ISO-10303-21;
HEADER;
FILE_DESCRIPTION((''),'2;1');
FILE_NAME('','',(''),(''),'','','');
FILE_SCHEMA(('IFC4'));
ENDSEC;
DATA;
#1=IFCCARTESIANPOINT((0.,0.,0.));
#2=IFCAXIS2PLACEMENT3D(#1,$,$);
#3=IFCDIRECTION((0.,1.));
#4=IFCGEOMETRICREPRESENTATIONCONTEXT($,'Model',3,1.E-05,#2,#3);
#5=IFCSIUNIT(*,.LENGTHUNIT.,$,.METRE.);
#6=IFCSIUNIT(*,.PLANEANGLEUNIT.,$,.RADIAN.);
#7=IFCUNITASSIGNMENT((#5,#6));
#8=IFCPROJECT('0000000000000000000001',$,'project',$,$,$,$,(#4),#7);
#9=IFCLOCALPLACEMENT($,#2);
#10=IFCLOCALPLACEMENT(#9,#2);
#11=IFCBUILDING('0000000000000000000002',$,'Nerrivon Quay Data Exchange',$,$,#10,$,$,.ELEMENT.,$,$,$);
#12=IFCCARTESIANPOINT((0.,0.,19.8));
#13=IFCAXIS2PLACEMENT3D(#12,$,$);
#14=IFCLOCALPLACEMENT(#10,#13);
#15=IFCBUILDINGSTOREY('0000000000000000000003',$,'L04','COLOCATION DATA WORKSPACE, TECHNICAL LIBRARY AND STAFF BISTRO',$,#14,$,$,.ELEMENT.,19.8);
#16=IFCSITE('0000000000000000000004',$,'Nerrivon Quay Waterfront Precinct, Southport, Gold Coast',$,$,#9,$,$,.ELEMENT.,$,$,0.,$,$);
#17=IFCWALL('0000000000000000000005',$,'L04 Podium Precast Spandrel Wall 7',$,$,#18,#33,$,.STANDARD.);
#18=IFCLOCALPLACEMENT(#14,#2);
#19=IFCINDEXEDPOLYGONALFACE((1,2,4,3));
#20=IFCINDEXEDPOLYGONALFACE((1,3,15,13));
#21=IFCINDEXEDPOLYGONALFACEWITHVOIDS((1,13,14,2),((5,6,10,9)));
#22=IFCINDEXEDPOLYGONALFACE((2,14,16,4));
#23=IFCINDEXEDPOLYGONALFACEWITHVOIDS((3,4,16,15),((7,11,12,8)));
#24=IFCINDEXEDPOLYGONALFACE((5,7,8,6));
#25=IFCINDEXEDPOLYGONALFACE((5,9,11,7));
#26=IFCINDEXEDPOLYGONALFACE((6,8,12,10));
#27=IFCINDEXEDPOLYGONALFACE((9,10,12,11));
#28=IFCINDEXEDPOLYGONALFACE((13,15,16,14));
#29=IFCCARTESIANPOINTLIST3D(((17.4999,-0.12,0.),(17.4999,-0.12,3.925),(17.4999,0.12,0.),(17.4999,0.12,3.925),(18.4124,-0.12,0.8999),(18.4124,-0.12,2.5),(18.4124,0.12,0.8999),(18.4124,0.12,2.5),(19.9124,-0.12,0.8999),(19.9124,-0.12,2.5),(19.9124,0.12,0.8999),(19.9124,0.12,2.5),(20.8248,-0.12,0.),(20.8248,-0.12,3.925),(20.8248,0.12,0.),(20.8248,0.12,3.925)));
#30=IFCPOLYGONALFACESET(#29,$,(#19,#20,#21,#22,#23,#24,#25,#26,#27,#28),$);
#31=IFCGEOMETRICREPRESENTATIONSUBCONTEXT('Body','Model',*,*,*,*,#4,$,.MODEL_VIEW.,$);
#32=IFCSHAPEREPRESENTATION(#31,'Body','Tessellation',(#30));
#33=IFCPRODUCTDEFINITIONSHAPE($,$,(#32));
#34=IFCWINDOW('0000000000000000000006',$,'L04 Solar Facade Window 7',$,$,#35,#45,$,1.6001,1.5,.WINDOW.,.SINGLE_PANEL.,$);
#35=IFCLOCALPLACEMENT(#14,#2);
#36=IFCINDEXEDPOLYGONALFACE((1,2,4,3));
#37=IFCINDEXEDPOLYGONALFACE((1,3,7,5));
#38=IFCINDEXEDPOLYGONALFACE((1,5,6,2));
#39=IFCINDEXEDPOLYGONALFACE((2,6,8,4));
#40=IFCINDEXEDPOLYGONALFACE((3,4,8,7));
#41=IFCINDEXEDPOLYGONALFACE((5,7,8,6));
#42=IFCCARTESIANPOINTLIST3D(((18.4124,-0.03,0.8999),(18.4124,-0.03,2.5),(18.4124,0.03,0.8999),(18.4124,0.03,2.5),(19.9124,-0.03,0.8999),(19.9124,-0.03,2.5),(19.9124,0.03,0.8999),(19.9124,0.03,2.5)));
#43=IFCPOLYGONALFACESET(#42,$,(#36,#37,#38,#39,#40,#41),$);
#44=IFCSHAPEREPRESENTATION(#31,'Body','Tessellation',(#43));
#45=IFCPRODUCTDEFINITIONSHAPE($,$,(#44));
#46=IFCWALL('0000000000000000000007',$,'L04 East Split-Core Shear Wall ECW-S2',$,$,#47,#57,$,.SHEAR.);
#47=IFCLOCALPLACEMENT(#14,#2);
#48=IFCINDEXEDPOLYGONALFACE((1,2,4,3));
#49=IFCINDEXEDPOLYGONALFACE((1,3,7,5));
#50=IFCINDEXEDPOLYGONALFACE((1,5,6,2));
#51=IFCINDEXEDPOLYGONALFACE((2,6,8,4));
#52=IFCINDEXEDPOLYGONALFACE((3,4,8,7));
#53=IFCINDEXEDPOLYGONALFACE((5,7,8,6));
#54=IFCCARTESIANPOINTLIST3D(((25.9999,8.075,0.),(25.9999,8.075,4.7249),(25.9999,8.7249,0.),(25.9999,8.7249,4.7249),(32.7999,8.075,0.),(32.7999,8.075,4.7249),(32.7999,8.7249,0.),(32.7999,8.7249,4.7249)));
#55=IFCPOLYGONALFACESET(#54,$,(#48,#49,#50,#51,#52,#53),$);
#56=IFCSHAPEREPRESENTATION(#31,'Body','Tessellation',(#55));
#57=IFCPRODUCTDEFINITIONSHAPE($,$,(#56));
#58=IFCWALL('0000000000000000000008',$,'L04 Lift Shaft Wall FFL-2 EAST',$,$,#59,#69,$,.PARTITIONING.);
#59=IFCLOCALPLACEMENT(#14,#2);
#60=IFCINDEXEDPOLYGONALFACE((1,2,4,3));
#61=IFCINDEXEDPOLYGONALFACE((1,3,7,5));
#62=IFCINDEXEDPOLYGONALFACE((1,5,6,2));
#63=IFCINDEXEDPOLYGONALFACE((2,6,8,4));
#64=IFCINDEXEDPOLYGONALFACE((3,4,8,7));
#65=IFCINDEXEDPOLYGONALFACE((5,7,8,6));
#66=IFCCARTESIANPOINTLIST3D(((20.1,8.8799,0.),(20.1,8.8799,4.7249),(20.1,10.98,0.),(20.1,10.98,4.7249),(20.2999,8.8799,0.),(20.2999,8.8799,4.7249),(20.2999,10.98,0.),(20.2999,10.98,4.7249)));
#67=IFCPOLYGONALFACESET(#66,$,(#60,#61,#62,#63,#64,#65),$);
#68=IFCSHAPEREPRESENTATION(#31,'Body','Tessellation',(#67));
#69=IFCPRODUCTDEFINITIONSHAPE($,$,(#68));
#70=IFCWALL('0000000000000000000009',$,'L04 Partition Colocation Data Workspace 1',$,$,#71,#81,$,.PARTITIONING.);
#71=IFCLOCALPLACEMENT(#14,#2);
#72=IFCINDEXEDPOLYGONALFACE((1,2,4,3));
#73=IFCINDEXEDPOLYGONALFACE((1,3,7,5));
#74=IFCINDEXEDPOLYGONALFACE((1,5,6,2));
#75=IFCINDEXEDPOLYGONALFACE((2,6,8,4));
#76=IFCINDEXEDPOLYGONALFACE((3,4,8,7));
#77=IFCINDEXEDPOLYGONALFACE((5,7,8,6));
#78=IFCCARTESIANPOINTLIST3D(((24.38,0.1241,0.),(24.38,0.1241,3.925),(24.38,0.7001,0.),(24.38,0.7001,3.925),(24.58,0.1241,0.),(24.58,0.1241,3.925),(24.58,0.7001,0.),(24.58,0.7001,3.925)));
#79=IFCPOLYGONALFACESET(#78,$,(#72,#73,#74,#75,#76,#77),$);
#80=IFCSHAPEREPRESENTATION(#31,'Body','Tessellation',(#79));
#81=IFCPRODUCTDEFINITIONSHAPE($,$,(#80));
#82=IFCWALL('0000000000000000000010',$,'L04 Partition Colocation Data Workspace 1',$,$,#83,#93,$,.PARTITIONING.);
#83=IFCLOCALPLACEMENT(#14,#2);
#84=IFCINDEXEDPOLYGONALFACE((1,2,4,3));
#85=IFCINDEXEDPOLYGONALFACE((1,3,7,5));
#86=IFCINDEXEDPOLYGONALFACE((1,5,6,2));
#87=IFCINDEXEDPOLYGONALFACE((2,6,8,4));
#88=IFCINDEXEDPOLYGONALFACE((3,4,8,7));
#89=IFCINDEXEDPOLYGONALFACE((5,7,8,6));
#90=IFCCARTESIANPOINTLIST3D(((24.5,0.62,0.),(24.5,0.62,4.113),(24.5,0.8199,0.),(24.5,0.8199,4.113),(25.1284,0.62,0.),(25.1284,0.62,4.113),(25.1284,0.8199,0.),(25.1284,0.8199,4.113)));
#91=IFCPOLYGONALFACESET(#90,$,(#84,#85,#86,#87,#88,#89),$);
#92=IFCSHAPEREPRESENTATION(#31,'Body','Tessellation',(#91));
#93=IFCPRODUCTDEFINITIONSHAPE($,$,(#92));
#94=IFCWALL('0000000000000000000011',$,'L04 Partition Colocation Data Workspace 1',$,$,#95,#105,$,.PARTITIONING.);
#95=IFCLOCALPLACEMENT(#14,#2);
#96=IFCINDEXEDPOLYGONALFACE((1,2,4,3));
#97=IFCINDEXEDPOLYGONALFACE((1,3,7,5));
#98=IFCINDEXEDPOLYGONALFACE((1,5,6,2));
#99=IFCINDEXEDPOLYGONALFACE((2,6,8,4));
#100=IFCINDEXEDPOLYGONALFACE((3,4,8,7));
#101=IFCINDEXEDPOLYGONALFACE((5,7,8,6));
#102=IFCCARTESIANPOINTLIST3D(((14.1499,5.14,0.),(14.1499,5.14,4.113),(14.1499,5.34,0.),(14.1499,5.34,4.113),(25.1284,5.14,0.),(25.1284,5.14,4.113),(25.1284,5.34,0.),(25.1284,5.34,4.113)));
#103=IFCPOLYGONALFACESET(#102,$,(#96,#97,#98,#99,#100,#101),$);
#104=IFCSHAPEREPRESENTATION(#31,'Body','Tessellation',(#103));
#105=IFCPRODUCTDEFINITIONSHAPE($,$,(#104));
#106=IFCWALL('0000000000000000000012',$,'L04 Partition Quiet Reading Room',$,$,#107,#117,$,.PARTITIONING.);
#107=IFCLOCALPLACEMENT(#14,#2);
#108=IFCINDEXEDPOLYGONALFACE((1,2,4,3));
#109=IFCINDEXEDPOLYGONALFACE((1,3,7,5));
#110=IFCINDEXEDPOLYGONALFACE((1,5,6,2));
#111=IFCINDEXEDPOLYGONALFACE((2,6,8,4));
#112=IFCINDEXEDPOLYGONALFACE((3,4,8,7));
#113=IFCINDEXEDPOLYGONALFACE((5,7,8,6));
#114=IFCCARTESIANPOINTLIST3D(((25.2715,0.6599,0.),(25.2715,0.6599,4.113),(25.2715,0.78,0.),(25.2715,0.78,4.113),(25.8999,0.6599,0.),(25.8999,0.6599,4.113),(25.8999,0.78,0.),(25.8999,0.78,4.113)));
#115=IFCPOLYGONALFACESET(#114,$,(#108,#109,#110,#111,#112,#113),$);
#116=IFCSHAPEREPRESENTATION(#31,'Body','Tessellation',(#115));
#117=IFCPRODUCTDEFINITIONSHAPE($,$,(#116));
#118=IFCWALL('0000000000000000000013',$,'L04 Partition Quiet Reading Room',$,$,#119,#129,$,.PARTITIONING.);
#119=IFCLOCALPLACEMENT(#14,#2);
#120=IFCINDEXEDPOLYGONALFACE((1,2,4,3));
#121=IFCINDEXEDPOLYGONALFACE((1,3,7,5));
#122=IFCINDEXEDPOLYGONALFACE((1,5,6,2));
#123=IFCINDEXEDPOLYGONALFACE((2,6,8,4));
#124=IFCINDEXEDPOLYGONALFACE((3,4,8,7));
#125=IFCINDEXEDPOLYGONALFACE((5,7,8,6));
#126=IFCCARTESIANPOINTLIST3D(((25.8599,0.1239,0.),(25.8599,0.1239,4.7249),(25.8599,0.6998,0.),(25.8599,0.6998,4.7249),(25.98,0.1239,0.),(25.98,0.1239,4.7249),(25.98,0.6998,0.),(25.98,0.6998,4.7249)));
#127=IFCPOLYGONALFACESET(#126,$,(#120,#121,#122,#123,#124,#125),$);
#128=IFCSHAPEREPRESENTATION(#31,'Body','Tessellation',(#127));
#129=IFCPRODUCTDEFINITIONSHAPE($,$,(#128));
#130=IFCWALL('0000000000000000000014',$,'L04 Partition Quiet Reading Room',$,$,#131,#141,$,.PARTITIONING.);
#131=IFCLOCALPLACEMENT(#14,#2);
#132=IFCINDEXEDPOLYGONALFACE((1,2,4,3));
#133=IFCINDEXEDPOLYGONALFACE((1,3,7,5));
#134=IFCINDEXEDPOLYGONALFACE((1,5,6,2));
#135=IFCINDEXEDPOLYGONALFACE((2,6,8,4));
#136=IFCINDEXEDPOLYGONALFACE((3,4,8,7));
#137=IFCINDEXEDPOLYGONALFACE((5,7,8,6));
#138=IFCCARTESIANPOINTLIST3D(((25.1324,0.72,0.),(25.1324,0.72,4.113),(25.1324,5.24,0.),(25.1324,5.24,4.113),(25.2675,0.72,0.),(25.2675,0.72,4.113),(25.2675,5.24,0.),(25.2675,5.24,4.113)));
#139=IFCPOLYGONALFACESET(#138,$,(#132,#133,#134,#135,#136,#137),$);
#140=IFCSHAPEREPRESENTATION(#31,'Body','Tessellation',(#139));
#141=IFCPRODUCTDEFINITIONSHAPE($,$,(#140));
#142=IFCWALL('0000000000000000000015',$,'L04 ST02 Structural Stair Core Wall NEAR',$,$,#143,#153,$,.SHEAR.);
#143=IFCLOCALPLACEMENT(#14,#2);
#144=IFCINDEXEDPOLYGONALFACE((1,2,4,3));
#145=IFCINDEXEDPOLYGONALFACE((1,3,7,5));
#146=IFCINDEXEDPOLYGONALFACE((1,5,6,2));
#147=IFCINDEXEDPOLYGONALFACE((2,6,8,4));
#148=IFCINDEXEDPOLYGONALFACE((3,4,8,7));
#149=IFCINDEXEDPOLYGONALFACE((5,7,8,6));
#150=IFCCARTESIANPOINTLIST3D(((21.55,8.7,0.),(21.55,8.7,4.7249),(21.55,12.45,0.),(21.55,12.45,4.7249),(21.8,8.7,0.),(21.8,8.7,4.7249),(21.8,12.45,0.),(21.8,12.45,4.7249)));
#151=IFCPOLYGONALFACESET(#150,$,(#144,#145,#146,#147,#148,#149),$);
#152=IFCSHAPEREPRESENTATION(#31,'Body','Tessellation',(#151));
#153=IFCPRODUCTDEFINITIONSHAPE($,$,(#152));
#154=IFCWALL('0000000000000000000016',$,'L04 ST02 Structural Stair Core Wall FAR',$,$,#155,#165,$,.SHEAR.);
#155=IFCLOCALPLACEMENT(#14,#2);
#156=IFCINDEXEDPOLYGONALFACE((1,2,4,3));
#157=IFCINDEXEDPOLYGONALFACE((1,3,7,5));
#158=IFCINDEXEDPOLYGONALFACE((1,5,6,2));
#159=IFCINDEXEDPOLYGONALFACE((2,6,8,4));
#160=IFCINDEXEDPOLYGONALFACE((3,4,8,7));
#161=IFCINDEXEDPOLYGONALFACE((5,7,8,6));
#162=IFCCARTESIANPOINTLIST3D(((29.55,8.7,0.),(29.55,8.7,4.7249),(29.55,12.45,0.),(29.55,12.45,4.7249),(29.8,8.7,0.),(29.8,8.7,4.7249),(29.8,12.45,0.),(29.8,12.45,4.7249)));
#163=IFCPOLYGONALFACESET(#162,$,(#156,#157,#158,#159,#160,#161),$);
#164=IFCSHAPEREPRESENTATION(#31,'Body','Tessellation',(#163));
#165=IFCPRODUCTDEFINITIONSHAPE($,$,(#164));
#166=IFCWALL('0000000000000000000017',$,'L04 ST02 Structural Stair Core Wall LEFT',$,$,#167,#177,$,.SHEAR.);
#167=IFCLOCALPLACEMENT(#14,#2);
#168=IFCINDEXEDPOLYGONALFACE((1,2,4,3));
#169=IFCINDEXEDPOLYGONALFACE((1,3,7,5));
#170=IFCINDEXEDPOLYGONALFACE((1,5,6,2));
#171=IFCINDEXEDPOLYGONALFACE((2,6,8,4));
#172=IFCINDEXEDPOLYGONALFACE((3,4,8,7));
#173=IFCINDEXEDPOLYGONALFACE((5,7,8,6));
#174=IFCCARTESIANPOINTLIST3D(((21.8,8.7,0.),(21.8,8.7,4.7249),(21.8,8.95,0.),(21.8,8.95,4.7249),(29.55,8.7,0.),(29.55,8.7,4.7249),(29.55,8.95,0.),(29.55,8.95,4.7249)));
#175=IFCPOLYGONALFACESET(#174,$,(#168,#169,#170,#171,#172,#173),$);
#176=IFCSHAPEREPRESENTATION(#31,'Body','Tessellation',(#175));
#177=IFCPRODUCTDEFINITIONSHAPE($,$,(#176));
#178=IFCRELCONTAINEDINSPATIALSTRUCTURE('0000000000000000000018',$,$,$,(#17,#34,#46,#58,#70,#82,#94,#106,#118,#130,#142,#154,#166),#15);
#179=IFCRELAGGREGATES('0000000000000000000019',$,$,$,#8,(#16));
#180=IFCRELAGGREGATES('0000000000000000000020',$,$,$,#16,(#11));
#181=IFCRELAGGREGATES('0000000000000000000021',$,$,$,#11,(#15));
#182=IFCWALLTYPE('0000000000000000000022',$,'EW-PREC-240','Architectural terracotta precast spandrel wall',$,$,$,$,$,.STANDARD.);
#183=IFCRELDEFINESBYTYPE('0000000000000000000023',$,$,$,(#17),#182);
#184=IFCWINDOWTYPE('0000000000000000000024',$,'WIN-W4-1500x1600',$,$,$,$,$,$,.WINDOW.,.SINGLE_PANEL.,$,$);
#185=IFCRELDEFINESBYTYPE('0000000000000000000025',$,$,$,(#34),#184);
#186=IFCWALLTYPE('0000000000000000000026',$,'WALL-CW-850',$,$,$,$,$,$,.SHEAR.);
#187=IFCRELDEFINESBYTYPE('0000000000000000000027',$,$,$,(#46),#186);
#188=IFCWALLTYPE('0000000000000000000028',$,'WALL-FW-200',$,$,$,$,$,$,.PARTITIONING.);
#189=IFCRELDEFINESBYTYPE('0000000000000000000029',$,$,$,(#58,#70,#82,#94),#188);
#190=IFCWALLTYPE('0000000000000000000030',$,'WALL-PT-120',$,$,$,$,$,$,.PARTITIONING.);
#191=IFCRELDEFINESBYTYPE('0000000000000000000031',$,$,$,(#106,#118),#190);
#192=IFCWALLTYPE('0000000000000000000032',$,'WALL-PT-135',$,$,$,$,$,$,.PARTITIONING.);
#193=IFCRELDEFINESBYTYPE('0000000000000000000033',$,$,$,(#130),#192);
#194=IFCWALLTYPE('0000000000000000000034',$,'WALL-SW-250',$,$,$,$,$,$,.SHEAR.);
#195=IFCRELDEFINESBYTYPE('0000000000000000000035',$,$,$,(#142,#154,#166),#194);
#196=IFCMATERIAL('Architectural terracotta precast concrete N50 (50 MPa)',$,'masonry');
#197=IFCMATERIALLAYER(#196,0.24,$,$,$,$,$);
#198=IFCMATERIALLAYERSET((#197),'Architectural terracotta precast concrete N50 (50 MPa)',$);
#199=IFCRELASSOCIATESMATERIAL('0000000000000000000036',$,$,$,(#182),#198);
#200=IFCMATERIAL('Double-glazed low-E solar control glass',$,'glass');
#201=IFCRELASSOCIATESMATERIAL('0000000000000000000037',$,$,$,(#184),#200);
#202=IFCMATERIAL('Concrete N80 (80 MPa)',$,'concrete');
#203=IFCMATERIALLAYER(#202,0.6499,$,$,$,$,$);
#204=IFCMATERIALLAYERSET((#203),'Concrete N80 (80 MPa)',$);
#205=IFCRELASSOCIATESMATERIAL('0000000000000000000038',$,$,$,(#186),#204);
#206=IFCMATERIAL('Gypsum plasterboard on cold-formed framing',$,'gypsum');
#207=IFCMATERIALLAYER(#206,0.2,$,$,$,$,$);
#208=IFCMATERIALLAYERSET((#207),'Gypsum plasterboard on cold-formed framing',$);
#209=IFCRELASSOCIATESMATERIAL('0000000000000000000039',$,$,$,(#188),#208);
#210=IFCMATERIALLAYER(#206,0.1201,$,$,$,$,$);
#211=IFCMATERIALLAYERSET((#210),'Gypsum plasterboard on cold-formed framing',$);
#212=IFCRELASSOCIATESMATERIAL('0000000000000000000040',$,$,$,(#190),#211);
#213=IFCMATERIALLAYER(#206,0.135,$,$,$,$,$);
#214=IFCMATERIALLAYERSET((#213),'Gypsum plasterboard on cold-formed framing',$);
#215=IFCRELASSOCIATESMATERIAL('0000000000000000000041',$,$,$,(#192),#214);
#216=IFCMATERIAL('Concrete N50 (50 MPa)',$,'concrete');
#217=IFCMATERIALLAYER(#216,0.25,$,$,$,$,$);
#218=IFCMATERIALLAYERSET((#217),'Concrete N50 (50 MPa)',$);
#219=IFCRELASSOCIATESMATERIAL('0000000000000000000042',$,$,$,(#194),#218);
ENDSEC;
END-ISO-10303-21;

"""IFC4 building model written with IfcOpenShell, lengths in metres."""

from ifc_helpers import new_model, si_unit, direction, frame, frame_2d, origin, place, context, subcontext, project, spatial, rectangle, extrude, material, layer, layer_set, type_object, element, fill, save


model = new_model("IFC4")

# Units and contexts
model_context = context("Model", 3, precision=1e-05, world=origin(), true_north=direction((0.0, 1.0)))
body_context = subcontext(model_context, "Body", "Model", "MODEL_VIEW")
ifc_project = project(units=[si_unit("LENGTHUNIT", "METRE"), si_unit("PLANEANGLEUNIT", "RADIAN")], contexts=[model_context])

# Site, building, storey
site_placement = place(None, origin())
site = spatial("IfcSite", under=ifc_project, at=site_placement, Name="Nerrivon Quay Waterfront Precinct, Southport, Gold Coast", CompositionType="ELEMENT", RefElevation=0.0)
building_placement = place(site_placement, origin())
building = spatial("IfcBuilding", under=site, at=building_placement, Name="Nerrivon Quay Data Exchange", CompositionType="ELEMENT")
storey_placement = place(building_placement, frame((0.0, 0.0, 19.8)))
storey = spatial("IfcBuildingStorey", under=building, at=storey_placement, Name="L04", Description="COLOCATION DATA WORKSPACE, TECHNICAL LIBRARY AND STAFF BISTRO", CompositionType="ELEMENT", Elevation=19.8)

# Shared definitions
ifc_material_1 = material(Name="Concrete N80 (80 MPa)", Category="concrete")
ifc_material_2 = material(Name="Concrete N50 (50 MPa)", Category="concrete")

# Wall, opening, window
ifc_material_3 = material(Name="Architectural terracotta precast concrete N50 (50 MPa)", Category="masonry")
ifc_layer_1 = layer(ifc_material_3, 0.24)
ifc_layer_set_1 = layer_set([ifc_layer_1], Name="Architectural terracotta precast concrete N50 (50 MPa)")
wall_type_1 = type_object("IfcWallType", Name="EW-PREC-240", Description="Architectural terracotta precast spandrel wall", PredefinedType="STANDARD", material=ifc_layer_set_1)
ifc_material_4 = material(Name="Double-glazed low-E solar control glass", Category="glass")
window_type_1 = type_object("IfcWindowType", Name="WIN-W4-1500x1600", PartitioningType="SINGLE_PANEL", PredefinedType="WINDOW", material=ifc_material_4)
wall_1_placement = place(storey_placement, frame((20.825, 0.0, 0.0), z_axis=(0.0, 0.0, 1.0), x_axis=(-1.0, 0.0, 0.0)))
wall_1 = element("IfcWall", 1, at=wall_1_placement, inside=storey, type_object=wall_type_1, Name="L04 Podium Precast Spandrel Wall 7", PredefinedType="STANDARD", context=body_context, shape_type="SweptSolid", body=[
    extrude(rectangle(XDim=3.325, YDim=0.24, at=frame_2d((1.6626, 0.0))), origin(), (0.0, 0.0, 1.0), 3.925),
])
opening_1_placement = place(wall_1_placement, frame((0.9126, 0.0, 0.8999)))
opening_1 = element("IfcOpeningElement", 2, at=opening_1_placement, cuts=wall_1, PredefinedType="OPENING", context=body_context, shape_type="SweptSolid", body=[
    extrude(rectangle(XDim=1.5, YDim=1.6001, at=frame_2d((0.75, 0.8))), frame((0.0, 0.1299, 0.0), z_axis=(0.0, -1.0, 0.0), x_axis=(1.0, 0.0, 0.0)), (0.0, 0.0, 1.0), 0.26),
])
window_1_placement = place(opening_1_placement, origin())
window_1 = element("IfcWindow", 3, at=window_1_placement, inside=storey, type_object=window_type_1, Name="L04 Solar Facade Window 7", OverallHeight=1.6001, OverallWidth=1.5, PartitioningType="SINGLE_PANEL", PredefinedType="WINDOW", context=body_context, shape_type="SweptSolid", body=[
    extrude(rectangle(XDim=1.5, YDim=1.6001, at=frame_2d((0.75, 0.8))), frame((0.0, 0.03, 0.0), z_axis=(0.0, -1.0, 0.0), x_axis=(1.0, 0.0, 0.0)), (0.0, 0.0, 1.0), 0.0601),
])
fill(opening_1, window_1)

# Walls
ifc_layer_2 = layer(ifc_material_1, 0.6499)
ifc_layer_set_2 = layer_set([ifc_layer_2], Name="Concrete N80 (80 MPa)")
wall_type_2 = type_object("IfcWallType", Name="WALL-CW-850", PredefinedType="SHEAR", material=ifc_layer_set_2)
wall_2_placement = place(storey_placement, frame((26.0, 8.3999, 0.0), z_axis=(0.0, 0.0, 1.0), x_axis=(1.0, 0.0, 0.0)))
element("IfcWall", 4, at=wall_2_placement, inside=storey, type_object=wall_type_2, Name="L04 East Split-Core Shear Wall ECW-S2", PredefinedType="SHEAR", context=body_context, shape_type="SweptSolid", body=[
    extrude(rectangle(XDim=6.8, YDim=0.6499, at=frame_2d((3.3999, 0.0))), origin(), (0.0, 0.0, 1.0), 4.7249),
])
ifc_material_5 = material(Name="Gypsum plasterboard on cold-formed framing", Category="gypsum")
ifc_layer_3 = layer(ifc_material_5, 0.2)
ifc_layer_set_3 = layer_set([ifc_layer_3], Name="Gypsum plasterboard on cold-formed framing")
wall_type_3 = type_object("IfcWallType", Name="WALL-FW-200", PredefinedType="PARTITIONING", material=ifc_layer_set_3)
wall_3_placement = place(storey_placement, frame((20.2, 8.8799, 0.0), z_axis=(0.0, 0.0, 1.0), x_axis=(0.0, 1.0, 0.0)))
element("IfcWall", 5, at=wall_3_placement, inside=storey, type_object=wall_type_3, Name="L04 Lift Shaft Wall FFL-2 EAST", PredefinedType="PARTITIONING", context=body_context, shape_type="SweptSolid", body=[
    extrude(rectangle(XDim=2.1001, YDim=0.2, at=frame_2d((1.05, 0.0))), origin(), (0.0, 0.0, 1.0), 4.7249),
])
wall_4_placement = place(storey_placement, frame((24.48, 0.124, 0.0), z_axis=(0.0, 0.0, 1.0), x_axis=(0.0, 1.0, 0.0)))
element("IfcWall", 6, at=wall_4_placement, inside=storey, type_object=wall_type_3, Name="L04 Partition Colocation Data Workspace 1", PredefinedType="PARTITIONING", context=body_context, shape_type="SweptSolid", body=[
    extrude(rectangle(XDim=0.5759, YDim=0.2, at=frame_2d((0.2881, 0.0))), origin(), (0.0, 0.0, 1.0), 3.925),
])
wall_5_placement = place(storey_placement, frame((24.5, 0.72, 0.0), z_axis=(0.0, 0.0, 1.0), x_axis=(1.0, 0.0, 0.0)))
element("IfcWall", 7, at=wall_5_placement, inside=storey, type_object=wall_type_3, Name="L04 Partition Colocation Data Workspace 1", PredefinedType="PARTITIONING", context=body_context, shape_type="SweptSolid", body=[
    extrude(rectangle(XDim=0.6284, YDim=0.2, at=frame_2d((0.3142, 0.0))), origin(), (0.0, 0.0, 1.0), 4.113),
])
wall_6_placement = place(storey_placement, frame((25.1284, 5.24, 0.0), z_axis=(0.0, 0.0, 1.0), x_axis=(-1.0, 0.0, 0.0)))
element("IfcWall", 8, at=wall_6_placement, inside=storey, type_object=wall_type_3, Name="L04 Partition Colocation Data Workspace 1", PredefinedType="PARTITIONING", context=body_context, shape_type="SweptSolid", body=[
    extrude(rectangle(XDim=10.9785, YDim=0.2, at=frame_2d((5.4893, 0.0))), origin(), (0.0, 0.0, 1.0), 4.113),
])
ifc_layer_4 = layer(ifc_material_5, 0.1201)
ifc_layer_set_4 = layer_set([ifc_layer_4], Name="Gypsum plasterboard on cold-formed framing")
wall_type_4 = type_object("IfcWallType", Name="WALL-PT-120", PredefinedType="PARTITIONING", material=ifc_layer_set_4)
wall_7_placement = place(storey_placement, frame((25.2715, 0.72, 0.0), z_axis=(0.0, 0.0, 1.0), x_axis=(1.0, 0.0, 0.0)))
element("IfcWall", 9, at=wall_7_placement, inside=storey, type_object=wall_type_4, Name="L04 Partition Quiet Reading Room", PredefinedType="PARTITIONING", context=body_context, shape_type="SweptSolid", body=[
    extrude(rectangle(XDim=0.6284, YDim=0.1201, at=frame_2d((0.3142, 0.0))), origin(), (0.0, 0.0, 1.0), 4.113),
])
wall_8_placement = place(storey_placement, frame((25.9199, 0.7, 0.0), z_axis=(0.0, 0.0, 1.0), x_axis=(0.0, -1.0, 0.0)))
element("IfcWall", 10, at=wall_8_placement, inside=storey, type_object=wall_type_4, Name="L04 Partition Quiet Reading Room", PredefinedType="PARTITIONING", context=body_context, shape_type="SweptSolid", body=[
    extrude(rectangle(XDim=0.5759, YDim=0.1201, at=frame_2d((0.2881, 0.0))), origin(), (0.0, 0.0, 1.0), 4.7249),
])
ifc_layer_5 = layer(ifc_material_5, 0.135)
ifc_layer_set_5 = layer_set([ifc_layer_5], Name="Gypsum plasterboard on cold-formed framing")
wall_type_5 = type_object("IfcWallType", Name="WALL-PT-135", PredefinedType="PARTITIONING", material=ifc_layer_set_5)
wall_9_placement = place(storey_placement, frame((25.2, 5.24, 0.0), z_axis=(0.0, 0.0, 1.0), x_axis=(0.0, -1.0, 0.0)))
element("IfcWall", 11, at=wall_9_placement, inside=storey, type_object=wall_type_5, Name="L04 Partition Quiet Reading Room", PredefinedType="PARTITIONING", context=body_context, shape_type="SweptSolid", body=[
    extrude(rectangle(XDim=4.52, YDim=0.135, at=frame_2d((2.26, 0.0))), origin(), (0.0, 0.0, 1.0), 4.113),
])
ifc_layer_6 = layer(ifc_material_2, 0.25)
ifc_layer_set_6 = layer_set([ifc_layer_6], Name="Concrete N50 (50 MPa)")
wall_type_6 = type_object("IfcWallType", Name="WALL-SW-250", PredefinedType="SHEAR", material=ifc_layer_set_6)
for number, where, z_axis, x_axis, name in (
    (12, (21.675, 8.7, 0.0), (0.0, 0.0, 1.0), (0.0, 1.0, 0.0), "L04 ST02 Structural Stair Core Wall NEAR"),
    (13, (29.675, 8.7, 0.0), (0.0, 0.0, 1.0), (0.0, 1.0, 0.0), "L04 ST02 Structural Stair Core Wall FAR"),
):
    element("IfcWall", number, at=place(storey_placement, frame(where, z_axis=z_axis, x_axis=x_axis)), inside=storey, type_object=wall_type_6, Name=name, PredefinedType="SHEAR", context=body_context, shape_type="SweptSolid", body=[
        extrude(rectangle(XDim=3.75, YDim=0.25, at=frame_2d((1.875, 0.0))), origin(), (0.0, 0.0, 1.0), 4.7249),
    ])
wall_10_placement = place(storey_placement, frame((21.8, 8.825, 0.0), z_axis=(0.0, 0.0, 1.0), x_axis=(1.0, 0.0, 0.0)))
element("IfcWall", 14, at=wall_10_placement, inside=storey, type_object=wall_type_6, Name="L04 ST02 Structural Stair Core Wall LEFT", PredefinedType="SHEAR", context=body_context, shape_type="SweptSolid", body=[
    extrude(rectangle(XDim=7.75, YDim=0.25, at=frame_2d((3.875, 0.0))), origin(), (0.0, 0.0, 1.0), 4.7249),
])

save(model, "model.ifc")
